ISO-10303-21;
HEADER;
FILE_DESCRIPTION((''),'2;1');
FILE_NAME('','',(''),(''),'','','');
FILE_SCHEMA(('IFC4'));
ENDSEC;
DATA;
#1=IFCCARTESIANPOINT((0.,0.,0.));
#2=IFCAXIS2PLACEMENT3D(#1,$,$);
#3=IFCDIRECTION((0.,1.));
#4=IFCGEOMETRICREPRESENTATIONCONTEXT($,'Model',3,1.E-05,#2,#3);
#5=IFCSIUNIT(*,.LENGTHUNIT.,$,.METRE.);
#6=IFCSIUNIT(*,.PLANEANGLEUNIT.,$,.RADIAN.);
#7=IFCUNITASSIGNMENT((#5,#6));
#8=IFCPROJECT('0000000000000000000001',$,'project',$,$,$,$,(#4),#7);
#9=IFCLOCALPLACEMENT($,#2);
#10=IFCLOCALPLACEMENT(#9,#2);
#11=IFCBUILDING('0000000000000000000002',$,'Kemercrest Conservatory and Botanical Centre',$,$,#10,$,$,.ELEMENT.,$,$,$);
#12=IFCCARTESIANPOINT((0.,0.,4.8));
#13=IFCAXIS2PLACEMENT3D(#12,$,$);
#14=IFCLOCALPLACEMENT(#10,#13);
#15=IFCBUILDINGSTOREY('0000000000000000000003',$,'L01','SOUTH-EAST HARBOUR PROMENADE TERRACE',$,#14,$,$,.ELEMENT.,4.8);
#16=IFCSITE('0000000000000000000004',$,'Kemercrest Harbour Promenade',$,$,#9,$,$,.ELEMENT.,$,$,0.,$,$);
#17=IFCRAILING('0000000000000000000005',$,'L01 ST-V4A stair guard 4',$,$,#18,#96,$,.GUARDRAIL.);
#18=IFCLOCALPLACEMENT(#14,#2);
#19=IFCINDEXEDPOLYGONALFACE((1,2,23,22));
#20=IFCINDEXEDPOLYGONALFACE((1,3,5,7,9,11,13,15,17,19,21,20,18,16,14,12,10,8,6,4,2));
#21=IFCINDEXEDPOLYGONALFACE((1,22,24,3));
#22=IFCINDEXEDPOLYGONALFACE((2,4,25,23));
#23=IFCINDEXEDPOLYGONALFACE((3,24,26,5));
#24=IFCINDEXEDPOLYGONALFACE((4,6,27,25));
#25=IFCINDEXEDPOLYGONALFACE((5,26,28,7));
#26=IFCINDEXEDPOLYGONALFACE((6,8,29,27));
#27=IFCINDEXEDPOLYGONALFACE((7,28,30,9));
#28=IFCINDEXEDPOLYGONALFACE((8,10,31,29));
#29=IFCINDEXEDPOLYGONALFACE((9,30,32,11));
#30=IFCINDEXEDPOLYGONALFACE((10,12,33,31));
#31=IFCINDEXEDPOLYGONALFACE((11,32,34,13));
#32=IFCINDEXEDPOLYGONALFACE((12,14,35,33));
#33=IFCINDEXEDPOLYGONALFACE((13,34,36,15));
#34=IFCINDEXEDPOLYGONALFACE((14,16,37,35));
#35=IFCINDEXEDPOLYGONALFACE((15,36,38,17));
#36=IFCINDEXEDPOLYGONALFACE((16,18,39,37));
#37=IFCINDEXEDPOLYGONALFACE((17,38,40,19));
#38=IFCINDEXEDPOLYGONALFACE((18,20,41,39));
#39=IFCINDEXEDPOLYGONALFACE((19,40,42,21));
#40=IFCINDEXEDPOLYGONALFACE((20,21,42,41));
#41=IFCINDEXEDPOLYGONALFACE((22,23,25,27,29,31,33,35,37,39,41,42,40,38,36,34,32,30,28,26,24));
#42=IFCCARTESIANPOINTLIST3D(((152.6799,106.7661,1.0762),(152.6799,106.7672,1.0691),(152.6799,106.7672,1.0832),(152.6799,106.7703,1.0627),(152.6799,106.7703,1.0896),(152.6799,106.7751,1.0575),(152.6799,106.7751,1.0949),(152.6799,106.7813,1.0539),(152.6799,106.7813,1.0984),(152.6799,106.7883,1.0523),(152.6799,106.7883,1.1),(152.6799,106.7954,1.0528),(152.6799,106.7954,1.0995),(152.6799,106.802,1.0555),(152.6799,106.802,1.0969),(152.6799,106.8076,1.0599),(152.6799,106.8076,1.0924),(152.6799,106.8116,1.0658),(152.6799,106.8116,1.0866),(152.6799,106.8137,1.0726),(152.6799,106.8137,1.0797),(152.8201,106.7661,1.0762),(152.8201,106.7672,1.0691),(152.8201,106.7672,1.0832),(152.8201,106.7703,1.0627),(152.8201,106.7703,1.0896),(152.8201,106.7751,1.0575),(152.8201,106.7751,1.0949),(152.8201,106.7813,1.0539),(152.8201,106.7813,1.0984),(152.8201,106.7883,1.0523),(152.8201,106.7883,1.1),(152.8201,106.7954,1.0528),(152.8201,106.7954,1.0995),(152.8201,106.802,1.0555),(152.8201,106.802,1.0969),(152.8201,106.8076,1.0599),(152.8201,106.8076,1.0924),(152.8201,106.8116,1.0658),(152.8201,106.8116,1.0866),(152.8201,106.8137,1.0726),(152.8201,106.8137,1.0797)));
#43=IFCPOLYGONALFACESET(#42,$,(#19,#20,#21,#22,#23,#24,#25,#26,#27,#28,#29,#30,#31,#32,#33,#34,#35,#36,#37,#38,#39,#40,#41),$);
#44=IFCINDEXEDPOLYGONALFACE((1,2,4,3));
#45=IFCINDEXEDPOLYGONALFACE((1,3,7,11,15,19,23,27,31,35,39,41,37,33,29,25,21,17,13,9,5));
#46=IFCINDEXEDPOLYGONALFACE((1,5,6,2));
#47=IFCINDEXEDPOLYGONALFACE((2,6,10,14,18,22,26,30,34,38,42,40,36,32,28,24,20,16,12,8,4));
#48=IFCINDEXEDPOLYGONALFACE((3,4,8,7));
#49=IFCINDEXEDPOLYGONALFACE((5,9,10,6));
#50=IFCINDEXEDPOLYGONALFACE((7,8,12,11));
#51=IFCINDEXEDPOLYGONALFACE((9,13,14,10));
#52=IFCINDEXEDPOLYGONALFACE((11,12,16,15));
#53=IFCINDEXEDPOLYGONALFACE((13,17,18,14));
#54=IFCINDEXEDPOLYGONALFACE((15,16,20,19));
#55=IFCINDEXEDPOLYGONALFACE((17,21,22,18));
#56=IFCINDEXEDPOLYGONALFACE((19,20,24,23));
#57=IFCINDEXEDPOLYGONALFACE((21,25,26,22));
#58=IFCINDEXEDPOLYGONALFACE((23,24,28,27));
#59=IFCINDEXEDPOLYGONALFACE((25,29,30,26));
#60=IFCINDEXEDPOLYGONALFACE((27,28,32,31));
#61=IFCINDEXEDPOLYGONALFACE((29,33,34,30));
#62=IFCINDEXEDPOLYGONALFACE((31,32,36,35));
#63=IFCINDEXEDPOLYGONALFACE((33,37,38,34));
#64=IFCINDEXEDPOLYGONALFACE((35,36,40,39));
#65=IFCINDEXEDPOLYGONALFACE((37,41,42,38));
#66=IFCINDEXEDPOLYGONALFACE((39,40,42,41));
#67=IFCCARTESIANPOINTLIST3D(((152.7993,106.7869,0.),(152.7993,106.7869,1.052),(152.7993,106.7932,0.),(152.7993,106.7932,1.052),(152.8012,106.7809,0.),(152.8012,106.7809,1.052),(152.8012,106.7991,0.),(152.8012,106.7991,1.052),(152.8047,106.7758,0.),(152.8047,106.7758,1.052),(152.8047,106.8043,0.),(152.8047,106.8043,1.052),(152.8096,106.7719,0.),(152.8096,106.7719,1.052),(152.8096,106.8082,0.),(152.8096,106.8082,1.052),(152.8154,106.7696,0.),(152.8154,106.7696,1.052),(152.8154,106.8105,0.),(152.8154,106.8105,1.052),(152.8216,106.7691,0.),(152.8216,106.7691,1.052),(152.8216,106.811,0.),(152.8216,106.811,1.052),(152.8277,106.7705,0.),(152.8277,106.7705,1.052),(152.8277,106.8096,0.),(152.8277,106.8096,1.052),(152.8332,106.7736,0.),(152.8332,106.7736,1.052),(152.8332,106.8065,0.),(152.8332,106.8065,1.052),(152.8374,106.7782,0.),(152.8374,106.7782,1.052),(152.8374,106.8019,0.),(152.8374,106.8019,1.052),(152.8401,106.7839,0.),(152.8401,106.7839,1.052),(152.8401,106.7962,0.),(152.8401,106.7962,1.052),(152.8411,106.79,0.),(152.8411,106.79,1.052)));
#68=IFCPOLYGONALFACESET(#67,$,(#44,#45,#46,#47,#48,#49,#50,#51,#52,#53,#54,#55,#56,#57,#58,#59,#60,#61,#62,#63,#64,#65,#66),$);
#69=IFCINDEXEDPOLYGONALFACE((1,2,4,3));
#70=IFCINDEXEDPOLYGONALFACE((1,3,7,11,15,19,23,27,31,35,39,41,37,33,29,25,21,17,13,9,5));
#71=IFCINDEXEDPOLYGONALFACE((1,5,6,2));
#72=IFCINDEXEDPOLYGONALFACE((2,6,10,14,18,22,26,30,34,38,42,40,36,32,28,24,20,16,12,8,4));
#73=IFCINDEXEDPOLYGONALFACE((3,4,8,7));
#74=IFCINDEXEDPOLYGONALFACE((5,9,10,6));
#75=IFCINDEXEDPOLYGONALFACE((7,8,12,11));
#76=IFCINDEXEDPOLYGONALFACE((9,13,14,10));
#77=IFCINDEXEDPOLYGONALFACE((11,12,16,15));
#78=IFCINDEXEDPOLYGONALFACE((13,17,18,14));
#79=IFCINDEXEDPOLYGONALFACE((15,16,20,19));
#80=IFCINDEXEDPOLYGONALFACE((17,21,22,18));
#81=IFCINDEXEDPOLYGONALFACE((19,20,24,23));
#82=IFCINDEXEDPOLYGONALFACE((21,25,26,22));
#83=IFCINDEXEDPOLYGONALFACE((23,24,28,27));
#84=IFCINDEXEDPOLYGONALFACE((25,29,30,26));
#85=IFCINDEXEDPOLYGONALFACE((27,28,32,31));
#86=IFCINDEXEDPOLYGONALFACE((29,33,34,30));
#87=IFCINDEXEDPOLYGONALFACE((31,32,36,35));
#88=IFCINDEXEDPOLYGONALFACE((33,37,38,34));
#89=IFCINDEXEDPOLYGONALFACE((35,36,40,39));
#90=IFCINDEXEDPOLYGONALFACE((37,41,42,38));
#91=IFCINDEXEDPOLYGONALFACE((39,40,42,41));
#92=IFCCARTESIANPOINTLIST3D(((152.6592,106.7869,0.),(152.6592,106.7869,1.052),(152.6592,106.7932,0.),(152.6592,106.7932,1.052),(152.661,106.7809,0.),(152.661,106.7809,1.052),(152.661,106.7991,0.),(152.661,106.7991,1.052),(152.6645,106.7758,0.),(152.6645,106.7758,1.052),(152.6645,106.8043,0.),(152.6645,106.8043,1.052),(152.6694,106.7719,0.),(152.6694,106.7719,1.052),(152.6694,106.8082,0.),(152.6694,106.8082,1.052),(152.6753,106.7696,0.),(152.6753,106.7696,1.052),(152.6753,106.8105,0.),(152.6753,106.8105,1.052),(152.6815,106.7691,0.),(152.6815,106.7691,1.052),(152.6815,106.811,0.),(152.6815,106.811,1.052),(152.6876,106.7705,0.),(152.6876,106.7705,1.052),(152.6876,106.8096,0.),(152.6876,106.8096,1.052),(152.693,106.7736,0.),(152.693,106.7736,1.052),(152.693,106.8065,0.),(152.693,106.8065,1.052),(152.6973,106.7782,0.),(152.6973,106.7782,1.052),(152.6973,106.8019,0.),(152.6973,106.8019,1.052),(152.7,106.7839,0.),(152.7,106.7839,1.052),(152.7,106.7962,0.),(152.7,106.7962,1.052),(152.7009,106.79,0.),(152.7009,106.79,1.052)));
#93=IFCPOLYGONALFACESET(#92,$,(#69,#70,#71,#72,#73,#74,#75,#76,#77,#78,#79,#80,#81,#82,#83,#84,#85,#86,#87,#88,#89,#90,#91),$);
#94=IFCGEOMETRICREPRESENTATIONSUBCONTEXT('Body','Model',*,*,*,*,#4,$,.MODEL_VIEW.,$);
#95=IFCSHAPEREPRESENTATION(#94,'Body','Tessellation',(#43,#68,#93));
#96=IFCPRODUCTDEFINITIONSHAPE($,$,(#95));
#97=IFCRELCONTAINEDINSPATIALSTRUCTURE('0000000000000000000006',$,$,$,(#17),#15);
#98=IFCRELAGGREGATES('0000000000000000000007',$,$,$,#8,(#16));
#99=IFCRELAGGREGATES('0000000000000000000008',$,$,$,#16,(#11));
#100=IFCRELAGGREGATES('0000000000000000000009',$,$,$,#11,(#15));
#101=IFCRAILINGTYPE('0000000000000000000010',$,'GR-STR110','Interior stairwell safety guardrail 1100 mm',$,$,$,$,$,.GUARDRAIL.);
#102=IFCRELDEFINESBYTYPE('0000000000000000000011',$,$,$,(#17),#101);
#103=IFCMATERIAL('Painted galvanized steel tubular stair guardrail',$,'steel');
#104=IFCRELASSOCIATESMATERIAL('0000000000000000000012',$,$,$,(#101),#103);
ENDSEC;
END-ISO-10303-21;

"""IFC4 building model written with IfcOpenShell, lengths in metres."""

from ifc_helpers import new_model, si_unit, direction, frame, origin, origin_2d, place, context, subcontext, project, spatial, circle, extrude, material, type_object, element, save


model = new_model("IFC4")

# Units and contexts
model_context = context("Model", 3, precision=1e-05, world=origin(), true_north=direction((0.0, 1.0)))
body_context = subcontext(model_context, "Body", "Model", "MODEL_VIEW")
ifc_project = project(units=[si_unit("LENGTHUNIT", "METRE"), si_unit("PLANEANGLEUNIT", "RADIAN")], contexts=[model_context])

# Site, building, storey
site_placement = place(None, origin())
site = spatial("IfcSite", under=ifc_project, at=site_placement, Name="Kemercrest Harbour Promenade", CompositionType="ELEMENT", RefElevation=0.0)
building_placement = place(site_placement, origin())
building = spatial("IfcBuilding", under=site, at=building_placement, Name="Kemercrest Conservatory and Botanical Centre", CompositionType="ELEMENT")
storey_placement = place(building_placement, frame((0.0, 0.0, 4.8)))
storey = spatial("IfcBuildingStorey", under=building, at=storey_placement, Name="L01", Description="SOUTH-EAST HARBOUR PROMENADE TERRACE", CompositionType="ELEMENT", Elevation=4.8)

# Railing
ifc_material_1 = material(Name="Painted galvanized steel tubular stair guardrail", Category="steel")
railing_type_1 = type_object("IfcRailingType", Name="GR-STR110", Description="Interior stairwell safety guardrail 1100 mm", PredefinedType="GUARDRAIL", material=ifc_material_1)
railing_1_placement = place(storey_placement, frame((152.8201, 106.79, 0.0)))
element("IfcRailing", 1, at=railing_1_placement, inside=storey, type_object=railing_type_1, Name="L01 ST-V4A stair guard 4", PredefinedType="GUARDRAIL", context=body_context, shape_type="SweptSolid", body=[
    extrude(circle(Radius=0.0239, at=origin_2d()), frame((0.0, 0.0, 1.0762), z_axis=(-1.0, 0.0, 0.0), x_axis=(0.0, -1.0, 0.0)), (0.0, 0.0, 1.0), 0.1401),
    extrude(circle(Radius=0.021, at=origin_2d()), origin(), (0.0, 0.0, 1.0), 1.052),
    extrude(circle(Radius=0.021, at=origin_2d()), frame((-0.1401, 0.0, 0.0)), (0.0, 0.0, 1.0), 1.052),
])

save(model, "model.ifc")
